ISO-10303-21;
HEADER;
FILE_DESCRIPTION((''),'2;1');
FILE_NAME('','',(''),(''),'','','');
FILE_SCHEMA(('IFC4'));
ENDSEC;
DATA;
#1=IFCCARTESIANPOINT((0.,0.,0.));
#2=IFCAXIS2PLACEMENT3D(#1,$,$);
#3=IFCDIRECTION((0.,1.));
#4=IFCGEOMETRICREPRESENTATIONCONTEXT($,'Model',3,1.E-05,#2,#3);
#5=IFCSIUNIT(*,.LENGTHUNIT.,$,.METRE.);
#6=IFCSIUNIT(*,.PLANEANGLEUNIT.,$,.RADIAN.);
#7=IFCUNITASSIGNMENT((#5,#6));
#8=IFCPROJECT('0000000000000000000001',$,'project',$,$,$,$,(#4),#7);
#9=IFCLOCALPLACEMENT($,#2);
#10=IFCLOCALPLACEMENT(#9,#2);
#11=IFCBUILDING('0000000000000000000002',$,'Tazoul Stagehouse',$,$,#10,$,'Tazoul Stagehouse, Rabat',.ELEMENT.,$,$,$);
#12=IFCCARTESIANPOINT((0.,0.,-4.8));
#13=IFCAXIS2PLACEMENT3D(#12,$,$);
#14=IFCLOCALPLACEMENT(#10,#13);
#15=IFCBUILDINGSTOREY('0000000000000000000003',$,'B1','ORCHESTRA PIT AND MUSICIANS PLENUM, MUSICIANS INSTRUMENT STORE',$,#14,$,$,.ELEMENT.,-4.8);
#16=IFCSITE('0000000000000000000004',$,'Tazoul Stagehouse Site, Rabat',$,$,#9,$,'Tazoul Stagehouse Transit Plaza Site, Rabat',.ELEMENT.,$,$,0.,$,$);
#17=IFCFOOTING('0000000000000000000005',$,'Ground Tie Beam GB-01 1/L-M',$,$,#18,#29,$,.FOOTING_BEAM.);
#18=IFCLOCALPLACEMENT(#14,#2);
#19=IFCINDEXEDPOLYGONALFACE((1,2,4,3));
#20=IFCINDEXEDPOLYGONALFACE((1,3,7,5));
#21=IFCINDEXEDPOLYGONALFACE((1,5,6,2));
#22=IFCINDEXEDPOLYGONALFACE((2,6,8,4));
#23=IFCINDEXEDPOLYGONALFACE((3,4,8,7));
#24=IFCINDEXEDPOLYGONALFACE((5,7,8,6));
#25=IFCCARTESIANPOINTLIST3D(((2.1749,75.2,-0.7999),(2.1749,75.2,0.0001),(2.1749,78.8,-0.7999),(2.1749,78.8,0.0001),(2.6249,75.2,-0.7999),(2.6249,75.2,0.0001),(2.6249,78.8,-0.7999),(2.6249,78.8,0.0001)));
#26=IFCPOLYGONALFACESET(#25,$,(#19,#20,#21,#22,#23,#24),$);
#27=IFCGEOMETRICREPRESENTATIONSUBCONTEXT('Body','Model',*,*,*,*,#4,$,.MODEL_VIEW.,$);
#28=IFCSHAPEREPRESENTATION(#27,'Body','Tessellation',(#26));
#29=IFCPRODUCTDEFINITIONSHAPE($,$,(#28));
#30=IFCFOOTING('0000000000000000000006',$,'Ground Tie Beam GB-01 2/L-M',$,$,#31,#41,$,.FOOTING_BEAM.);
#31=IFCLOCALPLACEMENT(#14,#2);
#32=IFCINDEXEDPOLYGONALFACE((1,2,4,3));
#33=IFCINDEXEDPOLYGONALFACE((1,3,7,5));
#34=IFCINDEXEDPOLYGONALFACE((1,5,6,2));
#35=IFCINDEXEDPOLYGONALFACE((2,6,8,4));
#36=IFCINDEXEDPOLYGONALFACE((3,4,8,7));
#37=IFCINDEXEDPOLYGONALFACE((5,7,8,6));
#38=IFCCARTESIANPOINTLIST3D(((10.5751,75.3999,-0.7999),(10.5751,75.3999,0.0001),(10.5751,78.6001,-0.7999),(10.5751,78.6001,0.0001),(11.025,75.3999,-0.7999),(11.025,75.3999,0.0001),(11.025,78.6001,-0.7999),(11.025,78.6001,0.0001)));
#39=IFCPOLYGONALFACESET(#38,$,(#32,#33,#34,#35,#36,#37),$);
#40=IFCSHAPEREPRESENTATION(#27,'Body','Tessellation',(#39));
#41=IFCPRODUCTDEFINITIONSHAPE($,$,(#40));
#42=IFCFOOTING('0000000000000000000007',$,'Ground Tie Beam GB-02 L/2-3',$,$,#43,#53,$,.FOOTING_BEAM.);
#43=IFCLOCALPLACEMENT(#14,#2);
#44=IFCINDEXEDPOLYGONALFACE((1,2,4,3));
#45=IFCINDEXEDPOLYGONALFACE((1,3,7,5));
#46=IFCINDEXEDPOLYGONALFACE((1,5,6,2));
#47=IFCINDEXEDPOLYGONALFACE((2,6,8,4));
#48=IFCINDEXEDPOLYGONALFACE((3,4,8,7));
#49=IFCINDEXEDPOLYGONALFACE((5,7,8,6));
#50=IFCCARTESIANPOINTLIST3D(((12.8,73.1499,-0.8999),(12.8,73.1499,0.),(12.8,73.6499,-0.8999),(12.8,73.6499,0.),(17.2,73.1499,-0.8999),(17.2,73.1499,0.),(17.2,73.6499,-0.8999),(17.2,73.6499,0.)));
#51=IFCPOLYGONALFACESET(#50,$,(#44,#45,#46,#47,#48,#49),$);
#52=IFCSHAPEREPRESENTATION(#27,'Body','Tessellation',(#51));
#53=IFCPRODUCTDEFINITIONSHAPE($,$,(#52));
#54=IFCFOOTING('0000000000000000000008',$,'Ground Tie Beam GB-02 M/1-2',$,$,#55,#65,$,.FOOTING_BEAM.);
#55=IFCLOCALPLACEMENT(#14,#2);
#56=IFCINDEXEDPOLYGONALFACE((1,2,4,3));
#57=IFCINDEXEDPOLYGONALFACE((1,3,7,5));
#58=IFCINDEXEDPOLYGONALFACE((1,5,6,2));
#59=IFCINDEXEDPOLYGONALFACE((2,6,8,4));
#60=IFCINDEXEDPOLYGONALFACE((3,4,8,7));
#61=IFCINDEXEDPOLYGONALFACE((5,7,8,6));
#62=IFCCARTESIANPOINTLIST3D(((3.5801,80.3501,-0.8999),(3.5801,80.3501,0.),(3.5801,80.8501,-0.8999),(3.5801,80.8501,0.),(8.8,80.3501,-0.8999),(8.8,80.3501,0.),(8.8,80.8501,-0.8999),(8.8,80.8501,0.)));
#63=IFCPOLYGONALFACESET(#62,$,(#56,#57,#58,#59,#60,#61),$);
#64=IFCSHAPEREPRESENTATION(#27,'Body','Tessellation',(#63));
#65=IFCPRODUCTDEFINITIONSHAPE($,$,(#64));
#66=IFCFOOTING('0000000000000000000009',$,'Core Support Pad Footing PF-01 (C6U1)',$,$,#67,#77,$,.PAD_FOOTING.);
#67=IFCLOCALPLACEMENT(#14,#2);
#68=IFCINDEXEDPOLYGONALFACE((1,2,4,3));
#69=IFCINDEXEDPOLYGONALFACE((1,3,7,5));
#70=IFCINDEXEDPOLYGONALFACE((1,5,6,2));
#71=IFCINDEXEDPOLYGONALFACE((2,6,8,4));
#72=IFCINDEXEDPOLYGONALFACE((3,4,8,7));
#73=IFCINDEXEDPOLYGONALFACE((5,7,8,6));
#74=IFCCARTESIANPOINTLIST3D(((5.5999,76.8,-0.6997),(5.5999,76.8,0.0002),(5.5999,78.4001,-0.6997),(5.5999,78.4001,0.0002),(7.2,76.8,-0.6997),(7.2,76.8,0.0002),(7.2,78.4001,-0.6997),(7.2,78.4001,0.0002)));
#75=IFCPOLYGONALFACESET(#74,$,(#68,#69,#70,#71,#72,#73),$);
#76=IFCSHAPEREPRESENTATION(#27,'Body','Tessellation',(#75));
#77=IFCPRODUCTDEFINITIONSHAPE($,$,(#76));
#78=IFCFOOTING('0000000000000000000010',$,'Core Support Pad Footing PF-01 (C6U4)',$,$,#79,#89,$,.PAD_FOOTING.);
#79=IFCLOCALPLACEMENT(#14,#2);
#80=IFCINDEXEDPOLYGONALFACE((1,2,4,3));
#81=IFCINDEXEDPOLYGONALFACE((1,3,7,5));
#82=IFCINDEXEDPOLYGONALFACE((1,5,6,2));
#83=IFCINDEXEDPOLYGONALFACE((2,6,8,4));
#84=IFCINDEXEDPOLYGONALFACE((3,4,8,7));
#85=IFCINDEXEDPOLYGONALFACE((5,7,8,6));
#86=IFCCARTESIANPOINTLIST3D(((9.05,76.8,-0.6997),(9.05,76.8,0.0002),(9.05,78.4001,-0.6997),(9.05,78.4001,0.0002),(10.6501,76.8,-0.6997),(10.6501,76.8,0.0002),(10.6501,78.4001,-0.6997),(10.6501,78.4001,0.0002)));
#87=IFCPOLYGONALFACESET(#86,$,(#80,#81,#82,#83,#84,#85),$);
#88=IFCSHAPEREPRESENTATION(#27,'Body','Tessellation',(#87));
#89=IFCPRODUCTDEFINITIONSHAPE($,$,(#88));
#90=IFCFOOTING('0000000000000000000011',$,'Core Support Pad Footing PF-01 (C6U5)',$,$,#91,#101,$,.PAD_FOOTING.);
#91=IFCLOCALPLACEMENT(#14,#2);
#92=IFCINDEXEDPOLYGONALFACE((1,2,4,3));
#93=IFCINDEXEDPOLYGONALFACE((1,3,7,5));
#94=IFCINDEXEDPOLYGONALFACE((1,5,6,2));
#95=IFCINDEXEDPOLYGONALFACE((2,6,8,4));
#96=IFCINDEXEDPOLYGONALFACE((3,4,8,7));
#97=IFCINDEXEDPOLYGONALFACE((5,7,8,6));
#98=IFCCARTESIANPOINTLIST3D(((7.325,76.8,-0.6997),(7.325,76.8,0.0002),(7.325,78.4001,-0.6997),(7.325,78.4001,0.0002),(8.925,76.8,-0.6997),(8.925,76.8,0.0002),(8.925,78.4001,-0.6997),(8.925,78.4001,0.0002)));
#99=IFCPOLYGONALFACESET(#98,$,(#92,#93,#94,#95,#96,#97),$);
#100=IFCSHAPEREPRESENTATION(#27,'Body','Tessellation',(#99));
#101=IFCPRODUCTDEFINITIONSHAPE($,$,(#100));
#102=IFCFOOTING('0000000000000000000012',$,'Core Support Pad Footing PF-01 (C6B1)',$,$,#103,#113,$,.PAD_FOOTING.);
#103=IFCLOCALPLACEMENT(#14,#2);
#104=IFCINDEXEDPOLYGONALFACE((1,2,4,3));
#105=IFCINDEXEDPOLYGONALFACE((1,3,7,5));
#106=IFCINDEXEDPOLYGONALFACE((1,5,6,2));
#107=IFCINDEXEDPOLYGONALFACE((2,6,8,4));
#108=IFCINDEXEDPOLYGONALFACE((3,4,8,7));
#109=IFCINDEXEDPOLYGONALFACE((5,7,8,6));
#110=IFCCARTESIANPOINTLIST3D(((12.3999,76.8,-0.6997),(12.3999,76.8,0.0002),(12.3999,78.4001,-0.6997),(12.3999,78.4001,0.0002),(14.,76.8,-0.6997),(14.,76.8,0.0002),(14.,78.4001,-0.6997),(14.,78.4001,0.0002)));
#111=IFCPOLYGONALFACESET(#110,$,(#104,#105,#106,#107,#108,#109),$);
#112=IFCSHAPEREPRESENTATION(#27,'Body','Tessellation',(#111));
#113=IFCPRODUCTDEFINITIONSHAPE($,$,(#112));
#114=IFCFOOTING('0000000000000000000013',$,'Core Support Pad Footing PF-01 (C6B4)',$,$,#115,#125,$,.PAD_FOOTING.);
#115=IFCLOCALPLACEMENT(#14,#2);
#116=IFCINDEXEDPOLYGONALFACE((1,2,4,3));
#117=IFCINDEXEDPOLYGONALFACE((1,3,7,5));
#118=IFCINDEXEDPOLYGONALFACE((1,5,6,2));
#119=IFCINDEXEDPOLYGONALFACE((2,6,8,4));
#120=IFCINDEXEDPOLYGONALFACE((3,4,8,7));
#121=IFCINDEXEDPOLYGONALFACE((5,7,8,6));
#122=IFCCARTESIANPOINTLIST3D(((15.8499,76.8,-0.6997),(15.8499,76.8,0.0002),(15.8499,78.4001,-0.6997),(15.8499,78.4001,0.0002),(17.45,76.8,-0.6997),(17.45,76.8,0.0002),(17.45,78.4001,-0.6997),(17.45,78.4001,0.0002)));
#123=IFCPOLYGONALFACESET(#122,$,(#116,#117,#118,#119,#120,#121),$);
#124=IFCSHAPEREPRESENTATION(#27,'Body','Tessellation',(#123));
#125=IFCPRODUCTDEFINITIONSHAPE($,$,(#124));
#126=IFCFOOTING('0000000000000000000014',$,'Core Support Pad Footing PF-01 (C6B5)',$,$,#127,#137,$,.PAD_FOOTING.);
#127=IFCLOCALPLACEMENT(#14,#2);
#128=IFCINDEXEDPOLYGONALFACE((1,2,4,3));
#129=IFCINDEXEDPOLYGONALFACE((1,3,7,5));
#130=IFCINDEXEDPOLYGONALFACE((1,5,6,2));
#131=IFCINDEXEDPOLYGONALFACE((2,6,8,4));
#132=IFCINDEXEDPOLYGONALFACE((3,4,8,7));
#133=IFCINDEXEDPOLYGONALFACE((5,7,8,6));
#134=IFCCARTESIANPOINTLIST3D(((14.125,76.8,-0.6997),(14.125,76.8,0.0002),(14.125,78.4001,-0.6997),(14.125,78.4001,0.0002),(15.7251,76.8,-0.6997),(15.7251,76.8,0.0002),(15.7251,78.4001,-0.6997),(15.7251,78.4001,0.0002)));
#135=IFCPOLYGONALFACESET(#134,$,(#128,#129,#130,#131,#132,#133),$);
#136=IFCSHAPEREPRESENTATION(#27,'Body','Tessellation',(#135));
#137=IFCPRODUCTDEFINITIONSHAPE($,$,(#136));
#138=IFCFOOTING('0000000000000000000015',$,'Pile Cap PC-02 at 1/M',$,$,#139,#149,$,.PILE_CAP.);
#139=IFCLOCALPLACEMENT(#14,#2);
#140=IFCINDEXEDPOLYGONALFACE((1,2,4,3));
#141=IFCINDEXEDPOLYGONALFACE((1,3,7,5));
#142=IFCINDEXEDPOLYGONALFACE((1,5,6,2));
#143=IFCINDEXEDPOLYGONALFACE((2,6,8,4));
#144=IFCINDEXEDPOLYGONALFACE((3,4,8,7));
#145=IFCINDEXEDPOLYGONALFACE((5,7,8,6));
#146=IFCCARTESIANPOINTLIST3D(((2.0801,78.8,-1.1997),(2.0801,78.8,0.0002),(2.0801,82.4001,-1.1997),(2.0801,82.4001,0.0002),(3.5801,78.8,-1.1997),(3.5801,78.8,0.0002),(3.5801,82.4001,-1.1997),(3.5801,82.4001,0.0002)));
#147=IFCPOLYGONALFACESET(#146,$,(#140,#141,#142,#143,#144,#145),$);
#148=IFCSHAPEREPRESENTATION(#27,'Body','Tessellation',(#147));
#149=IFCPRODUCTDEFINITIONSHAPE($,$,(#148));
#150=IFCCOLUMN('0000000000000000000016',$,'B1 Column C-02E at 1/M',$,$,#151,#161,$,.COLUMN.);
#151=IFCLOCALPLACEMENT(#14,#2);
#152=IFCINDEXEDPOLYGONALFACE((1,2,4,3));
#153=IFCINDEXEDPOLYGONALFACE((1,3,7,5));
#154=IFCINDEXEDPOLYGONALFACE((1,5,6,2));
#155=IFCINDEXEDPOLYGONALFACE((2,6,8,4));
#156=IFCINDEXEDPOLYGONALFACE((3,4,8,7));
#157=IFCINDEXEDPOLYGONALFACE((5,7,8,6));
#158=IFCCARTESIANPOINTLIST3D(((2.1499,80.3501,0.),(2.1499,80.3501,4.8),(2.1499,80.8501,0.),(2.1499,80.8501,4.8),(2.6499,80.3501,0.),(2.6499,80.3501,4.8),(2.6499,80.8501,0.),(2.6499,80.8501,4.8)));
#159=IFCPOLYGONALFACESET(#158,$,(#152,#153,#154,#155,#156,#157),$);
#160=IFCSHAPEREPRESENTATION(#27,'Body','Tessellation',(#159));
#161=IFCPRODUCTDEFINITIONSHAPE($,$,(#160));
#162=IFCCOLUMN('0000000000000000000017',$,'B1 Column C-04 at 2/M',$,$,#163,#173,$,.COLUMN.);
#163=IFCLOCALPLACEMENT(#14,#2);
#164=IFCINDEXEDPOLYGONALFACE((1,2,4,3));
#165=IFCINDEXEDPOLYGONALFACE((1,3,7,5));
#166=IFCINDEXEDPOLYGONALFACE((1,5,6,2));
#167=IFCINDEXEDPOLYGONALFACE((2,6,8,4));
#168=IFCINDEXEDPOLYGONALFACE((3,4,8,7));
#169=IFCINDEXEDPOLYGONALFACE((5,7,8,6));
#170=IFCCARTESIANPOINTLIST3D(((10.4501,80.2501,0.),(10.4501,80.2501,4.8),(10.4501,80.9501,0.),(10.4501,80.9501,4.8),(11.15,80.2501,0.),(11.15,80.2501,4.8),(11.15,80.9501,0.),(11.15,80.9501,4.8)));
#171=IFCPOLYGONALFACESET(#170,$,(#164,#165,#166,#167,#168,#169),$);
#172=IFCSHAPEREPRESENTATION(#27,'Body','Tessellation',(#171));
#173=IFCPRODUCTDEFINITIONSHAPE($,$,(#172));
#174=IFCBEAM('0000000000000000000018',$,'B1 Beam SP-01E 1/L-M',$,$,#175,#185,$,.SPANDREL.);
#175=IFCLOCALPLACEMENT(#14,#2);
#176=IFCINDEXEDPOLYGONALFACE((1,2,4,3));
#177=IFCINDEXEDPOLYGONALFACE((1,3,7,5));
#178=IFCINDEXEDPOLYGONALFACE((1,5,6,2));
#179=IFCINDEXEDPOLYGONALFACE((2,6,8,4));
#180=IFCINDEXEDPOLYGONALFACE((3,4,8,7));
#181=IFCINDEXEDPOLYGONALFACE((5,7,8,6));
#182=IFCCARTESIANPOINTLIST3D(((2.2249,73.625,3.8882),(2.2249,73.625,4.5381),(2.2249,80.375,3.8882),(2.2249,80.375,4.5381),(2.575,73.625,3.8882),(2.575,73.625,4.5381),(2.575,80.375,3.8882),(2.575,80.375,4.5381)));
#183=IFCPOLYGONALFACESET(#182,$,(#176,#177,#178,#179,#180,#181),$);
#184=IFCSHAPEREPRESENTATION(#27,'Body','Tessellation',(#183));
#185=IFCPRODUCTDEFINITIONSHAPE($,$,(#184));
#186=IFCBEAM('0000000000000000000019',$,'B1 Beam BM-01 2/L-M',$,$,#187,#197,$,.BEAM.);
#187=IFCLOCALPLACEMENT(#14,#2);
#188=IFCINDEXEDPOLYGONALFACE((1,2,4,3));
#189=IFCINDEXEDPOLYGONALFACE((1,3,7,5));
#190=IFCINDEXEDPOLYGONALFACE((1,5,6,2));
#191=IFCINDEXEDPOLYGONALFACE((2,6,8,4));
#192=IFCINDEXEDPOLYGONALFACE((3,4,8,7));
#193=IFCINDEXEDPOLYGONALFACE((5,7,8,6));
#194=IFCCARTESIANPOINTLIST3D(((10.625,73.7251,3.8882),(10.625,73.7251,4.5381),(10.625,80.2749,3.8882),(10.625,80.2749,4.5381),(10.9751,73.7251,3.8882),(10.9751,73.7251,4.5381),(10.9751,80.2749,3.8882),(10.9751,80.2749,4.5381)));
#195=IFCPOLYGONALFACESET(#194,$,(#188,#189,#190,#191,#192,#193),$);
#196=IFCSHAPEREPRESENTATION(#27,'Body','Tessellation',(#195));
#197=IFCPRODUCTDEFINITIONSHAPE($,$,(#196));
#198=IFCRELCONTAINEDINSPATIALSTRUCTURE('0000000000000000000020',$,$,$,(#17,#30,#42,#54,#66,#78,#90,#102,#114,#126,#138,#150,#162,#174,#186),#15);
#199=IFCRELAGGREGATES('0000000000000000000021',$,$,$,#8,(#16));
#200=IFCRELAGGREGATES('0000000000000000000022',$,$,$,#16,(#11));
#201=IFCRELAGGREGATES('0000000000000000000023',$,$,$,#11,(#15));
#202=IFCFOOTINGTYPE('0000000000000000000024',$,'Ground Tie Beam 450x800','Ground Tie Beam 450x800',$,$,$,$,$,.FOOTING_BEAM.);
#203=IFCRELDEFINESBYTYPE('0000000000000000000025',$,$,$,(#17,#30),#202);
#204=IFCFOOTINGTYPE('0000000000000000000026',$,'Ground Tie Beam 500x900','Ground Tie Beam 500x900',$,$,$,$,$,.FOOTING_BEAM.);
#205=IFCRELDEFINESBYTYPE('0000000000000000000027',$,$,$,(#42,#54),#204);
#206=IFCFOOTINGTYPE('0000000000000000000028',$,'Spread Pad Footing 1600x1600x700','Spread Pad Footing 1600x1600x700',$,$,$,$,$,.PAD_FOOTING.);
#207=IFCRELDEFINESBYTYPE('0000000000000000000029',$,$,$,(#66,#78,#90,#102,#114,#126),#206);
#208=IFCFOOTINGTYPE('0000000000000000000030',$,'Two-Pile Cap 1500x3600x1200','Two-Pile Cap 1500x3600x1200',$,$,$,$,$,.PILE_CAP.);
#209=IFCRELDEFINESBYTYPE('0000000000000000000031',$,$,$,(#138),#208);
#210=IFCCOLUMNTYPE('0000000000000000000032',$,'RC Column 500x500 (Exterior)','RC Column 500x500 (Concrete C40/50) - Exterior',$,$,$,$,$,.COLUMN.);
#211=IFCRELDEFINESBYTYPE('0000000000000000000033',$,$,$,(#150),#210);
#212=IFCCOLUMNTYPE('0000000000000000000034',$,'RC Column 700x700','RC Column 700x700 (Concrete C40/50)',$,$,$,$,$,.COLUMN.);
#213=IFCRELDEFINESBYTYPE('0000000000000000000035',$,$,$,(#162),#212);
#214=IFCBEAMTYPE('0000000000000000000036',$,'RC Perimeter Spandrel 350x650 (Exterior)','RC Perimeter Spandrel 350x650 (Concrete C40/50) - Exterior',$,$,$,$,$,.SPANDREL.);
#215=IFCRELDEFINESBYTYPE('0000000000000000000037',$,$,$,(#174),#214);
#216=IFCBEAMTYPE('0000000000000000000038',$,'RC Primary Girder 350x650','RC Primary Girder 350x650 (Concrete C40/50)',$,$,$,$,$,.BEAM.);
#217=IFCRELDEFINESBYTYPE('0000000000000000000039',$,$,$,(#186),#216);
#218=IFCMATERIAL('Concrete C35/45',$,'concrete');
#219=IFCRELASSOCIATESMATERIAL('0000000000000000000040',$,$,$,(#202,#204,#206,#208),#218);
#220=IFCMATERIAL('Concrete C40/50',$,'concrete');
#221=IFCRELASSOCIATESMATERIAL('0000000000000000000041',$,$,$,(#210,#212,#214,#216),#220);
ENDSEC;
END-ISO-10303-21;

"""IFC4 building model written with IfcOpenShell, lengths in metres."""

from ifc_helpers import new_model, si_unit, direction, frame, origin, origin_2d, place, context, subcontext, project, spatial, rectangle, extrude, material, material_profile, profile_set, type_object, element, save


model = new_model("IFC4")

# Units and contexts
model_context = context("Model", 3, precision=1e-05, world=origin(), true_north=direction((0.0, 1.0)))
body_context = subcontext(model_context, "Body", "Model", "MODEL_VIEW")
ifc_project = project(units=[si_unit("LENGTHUNIT", "METRE"), si_unit("PLANEANGLEUNIT", "RADIAN")], contexts=[model_context])

# Site, building, storey
site_placement = place(None, origin())
site = spatial("IfcSite", under=ifc_project, at=site_placement, Name="Tazoul Stagehouse Site, Rabat", LongName="Tazoul Stagehouse Transit Plaza Site, Rabat", CompositionType="ELEMENT", RefElevation=0.0)
building_placement = place(site_placement, origin())
building = spatial("IfcBuilding", under=site, at=building_placement, Name="Tazoul Stagehouse", LongName="Tazoul Stagehouse, Rabat", CompositionType="ELEMENT")
storey_placement = place(building_placement, frame((0.0, 0.0, -4.8)))
storey = spatial("IfcBuildingStorey", under=building, at=storey_placement, Name="B1", Description="ORCHESTRA PIT AND MUSICIANS PLENUM, MUSICIANS INSTRUMENT STORE", CompositionType="ELEMENT", Elevation=-4.8)

# Shared definitions
ifc_material_1 = material(Name="Concrete C35/45", Category="concrete")

# Footings
ifc_material_profile_1 = material_profile(ifc_material_1, rectangle(XDim=0.45, YDim=0.8, at=origin_2d()), Name="RC 450x800")
ifc_profile_set_1 = profile_set([ifc_material_profile_1], Name="Concrete C35/45")
footing_type_1 = type_object("IfcFootingType", Name="Ground Tie Beam 450x800", Description="Ground Tie Beam 450x800", PredefinedType="FOOTING_BEAM", material=ifc_profile_set_1)
footing_1_placement = place(storey_placement, frame((2.3999, 75.2, -0.3999), z_axis=(0.0, 1.0, 0.0), x_axis=(-1.0, 0.0, 0.0)))
element("IfcFooting", 1, at=footing_1_placement, inside=storey, type_object=footing_type_1, Name="Ground Tie Beam GB-01 1/L-M", PredefinedType="FOOTING_BEAM", context=body_context, shape_type="SweptSolid", body=[
    extrude(rectangle(XDim=0.45, YDim=0.8, at=origin_2d()), origin(), (0.0, 0.0, 1.0), 3.6001),
])
footing_2_placement = place(storey_placement, frame((10.8, 75.3999, -0.3999), z_axis=(0.0, 1.0, 0.0), x_axis=(-1.0, 0.0, 0.0)))
element("IfcFooting", 2, at=footing_2_placement, inside=storey, type_object=footing_type_1, Name="Ground Tie Beam GB-01 2/L-M", PredefinedType="FOOTING_BEAM", context=body_context, shape_type="SweptSolid", body=[
    extrude(rectangle(XDim=0.45, YDim=0.8, at=origin_2d()), origin(), (0.0, 0.0, 1.0), 3.2002),
])
ifc_material_profile_2 = material_profile(ifc_material_1, rectangle(XDim=0.5, YDim=0.8999, at=origin_2d()), Name="RC 500x900")
ifc_profile_set_2 = profile_set([ifc_material_profile_2], Name="Concrete C35/45")
footing_type_2 = type_object("IfcFootingType", Name="Ground Tie Beam 500x900", Description="Ground Tie Beam 500x900", PredefinedType="FOOTING_BEAM", material=ifc_profile_set_2)
footing_3_placement = place(storey_placement, frame((12.8, 73.3999, -0.45), z_axis=(1.0, 0.0, 0.0), x_axis=(0.0, 1.0, 0.0)))
element("IfcFooting", 3, at=footing_3_placement, inside=storey, type_object=footing_type_2, Name="Ground Tie Beam GB-02 L/2-3", PredefinedType="FOOTING_BEAM", context=body_context, shape_type="SweptSolid", body=[
    extrude(rectangle(XDim=0.5, YDim=0.8999, at=origin_2d()), origin(), (0.0, 0.0, 1.0), 4.3999),
])
footing_4_placement = place(storey_placement, frame((3.5801, 80.6001, -0.45), z_axis=(1.0, 0.0, 0.0), x_axis=(0.0, 1.0, 0.0)))
element("IfcFooting", 4, at=footing_4_placement, inside=storey, type_object=footing_type_2, Name="Ground Tie Beam GB-02 M/1-2", PredefinedType="FOOTING_BEAM", context=body_context, shape_type="SweptSolid", body=[
    extrude(rectangle(XDim=0.5, YDim=0.8999, at=origin_2d()), origin(), (0.0, 0.0, 1.0), 5.22),
])
footing_type_3 = type_object("IfcFootingType", Name="Spread Pad Footing 1600x1600x700", Description="Spread Pad Footing 1600x1600x700", PredefinedType="PAD_FOOTING", material=ifc_material_1)
for number, where, z_axis, x_axis, name in (
    (5, (6.3999, 77.6001, -0.6997), (0.0, 0.0, 1.0), (1.0, 0.0, 0.0), "Core Support Pad Footing PF-01 (C6U1)"),
    (6, (9.8501, 77.6001, -0.6997), (0.0, 0.0, 1.0), (1.0, 0.0, 0.0), "Core Support Pad Footing PF-01 (C6U4)"),
    (7, (8.125, 77.6001, -0.6997), (0.0, 0.0, 1.0), (1.0, 0.0, 0.0), "Core Support Pad Footing PF-01 (C6U5)"),
    (8, (13.2, 77.6001, -0.6997), (0.0, 0.0, 1.0), (1.0, 0.0, 0.0), "Core Support Pad Footing PF-01 (C6B1)"),
    (9, (16.6499, 77.6001, -0.6997), (0.0, 0.0, 1.0), (1.0, 0.0, 0.0), "Core Support Pad Footing PF-01 (C6B4)"),
    (10, (14.925, 77.6001, -0.6997), (0.0, 0.0, 1.0), (1.0, 0.0, 0.0), "Core Support Pad Footing PF-01 (C6B5)"),
):
    element("IfcFooting", number, at=place(storey_placement, frame(where, z_axis=z_axis, x_axis=x_axis)), inside=storey, type_object=footing_type_3, Name=name, PredefinedType="PAD_FOOTING", context=body_context, shape_type="SweptSolid", body=[
        extrude(rectangle(XDim=1.6001, YDim=1.6001, at=origin_2d()), origin(), (0.0, 0.0, 1.0), 0.7),
    ])
footing_type_4 = type_object("IfcFootingType", Name="Two-Pile Cap 1500x3600x1200", Description="Two-Pile Cap 1500x3600x1200", PredefinedType="PILE_CAP", material=ifc_material_1)
footing_5_placement = place(storey_placement, frame((2.8301, 80.6001, -1.1997), z_axis=(0.0, 0.0, 1.0), x_axis=(1.0, 0.0, 0.0)))
element("IfcFooting", 11, at=footing_5_placement, inside=storey, type_object=footing_type_4, Name="Pile Cap PC-02 at 1/M", PredefinedType="PILE_CAP", context=body_context, shape_type="SweptSolid", body=[
    extrude(rectangle(XDim=1.5, YDim=3.6001, at=origin_2d()), origin(), (0.0, 0.0, 1.0), 1.2),
])

# Columns
ifc_material_2 = material(Name="Concrete C40/50", Category="concrete")
ifc_material_profile_3 = material_profile(ifc_material_2, rectangle(XDim=0.5, YDim=0.5, at=origin_2d()), Name="RC 500x500")
ifc_profile_set_3 = profile_set([ifc_material_profile_3], Name="Concrete C40/50")
column_type_1 = type_object("IfcColumnType", Name="RC Column 500x500 (Exterior)", Description="RC Column 500x500 (Concrete C40/50) - Exterior", PredefinedType="COLUMN", material=ifc_profile_set_3)
column_1_placement = place(storey_placement, frame((2.3999, 80.6001, 0.0), z_axis=(0.0, 0.0, 1.0), x_axis=(1.0, 0.0, 0.0)))
element("IfcColumn", 12, at=column_1_placement, inside=storey, type_object=column_type_1, Name="B1 Column C-02E at 1/M", PredefinedType="COLUMN", context=body_context, shape_type="SweptSolid", body=[
    extrude(rectangle(XDim=0.5, YDim=0.5, at=origin_2d()), origin(), (0.0, 0.0, 1.0), 4.8),
])
ifc_material_profile_4 = material_profile(ifc_material_2, rectangle(XDim=0.7, YDim=0.7, at=origin_2d()), Name="RC 700x700")
ifc_profile_set_4 = profile_set([ifc_material_profile_4], Name="Concrete C40/50")
column_type_2 = type_object("IfcColumnType", Name="RC Column 700x700", Description="RC Column 700x700 (Concrete C40/50)", PredefinedType="COLUMN", material=ifc_profile_set_4)
column_2_placement = place(storey_placement, frame((10.8, 80.6001, 0.0), z_axis=(0.0, 0.0, 1.0), x_axis=(1.0, 0.0, 0.0)))
element("IfcColumn", 13, at=column_2_placement, inside=storey, type_object=column_type_2, Name="B1 Column C-04 at 2/M", PredefinedType="COLUMN", context=body_context, shape_type="SweptSolid", body=[
    extrude(rectangle(XDim=0.7, YDim=0.7, at=origin_2d()), origin(), (0.0, 0.0, 1.0), 4.8),
])

# Beams
ifc_material_profile_5 = material_profile(ifc_material_2, rectangle(XDim=0.3501, YDim=0.6499, at=origin_2d()), Name="RC 350x650")
ifc_profile_set_5 = profile_set([ifc_material_profile_5], Name="Concrete C40/50")
beam_type_1 = type_object("IfcBeamType", Name="RC Perimeter Spandrel 350x650 (Exterior)", Description="RC Perimeter Spandrel 350x650 (Concrete C40/50) - Exterior", PredefinedType="SPANDREL", material=ifc_profile_set_5)
beam_1_placement = place(storey_placement, frame((2.3999, 73.625, 4.2131), z_axis=(0.0, 1.0, 0.0), x_axis=(-1.0, 0.0, 0.0)))
element("IfcBeam", 14, at=beam_1_placement, inside=storey, type_object=beam_type_1, Name="B1 Beam SP-01E 1/L-M", PredefinedType="SPANDREL", context=body_context, shape_type="SweptSolid", body=[
    extrude(rectangle(XDim=0.3501, YDim=0.6499, at=origin_2d()), origin(), (0.0, 0.0, 1.0), 6.75),
])
ifc_material_profile_6 = material_profile(ifc_material_2, rectangle(XDim=0.3501, YDim=0.6499, at=origin_2d()), Name="RC 350x650")
ifc_profile_set_6 = profile_set([ifc_material_profile_6], Name="Concrete C40/50")
beam_type_2 = type_object("IfcBeamType", Name="RC Primary Girder 350x650", Description="RC Primary Girder 350x650 (Concrete C40/50)", PredefinedType="BEAM", material=ifc_profile_set_6)
beam_2_placement = place(storey_placement, frame((10.8, 73.7251, 4.2131), z_axis=(0.0, 1.0, 0.0), x_axis=(-1.0, 0.0, 0.0)))
element("IfcBeam", 15, at=beam_2_placement, inside=storey, type_object=beam_type_2, Name="B1 Beam BM-01 2/L-M", PredefinedType="BEAM", context=body_context, shape_type="SweptSolid", body=[
    extrude(rectangle(XDim=0.3501, YDim=0.6499, at=origin_2d()), origin(), (0.0, 0.0, 1.0), 6.5498),
])

save(model, "model.ifc")
